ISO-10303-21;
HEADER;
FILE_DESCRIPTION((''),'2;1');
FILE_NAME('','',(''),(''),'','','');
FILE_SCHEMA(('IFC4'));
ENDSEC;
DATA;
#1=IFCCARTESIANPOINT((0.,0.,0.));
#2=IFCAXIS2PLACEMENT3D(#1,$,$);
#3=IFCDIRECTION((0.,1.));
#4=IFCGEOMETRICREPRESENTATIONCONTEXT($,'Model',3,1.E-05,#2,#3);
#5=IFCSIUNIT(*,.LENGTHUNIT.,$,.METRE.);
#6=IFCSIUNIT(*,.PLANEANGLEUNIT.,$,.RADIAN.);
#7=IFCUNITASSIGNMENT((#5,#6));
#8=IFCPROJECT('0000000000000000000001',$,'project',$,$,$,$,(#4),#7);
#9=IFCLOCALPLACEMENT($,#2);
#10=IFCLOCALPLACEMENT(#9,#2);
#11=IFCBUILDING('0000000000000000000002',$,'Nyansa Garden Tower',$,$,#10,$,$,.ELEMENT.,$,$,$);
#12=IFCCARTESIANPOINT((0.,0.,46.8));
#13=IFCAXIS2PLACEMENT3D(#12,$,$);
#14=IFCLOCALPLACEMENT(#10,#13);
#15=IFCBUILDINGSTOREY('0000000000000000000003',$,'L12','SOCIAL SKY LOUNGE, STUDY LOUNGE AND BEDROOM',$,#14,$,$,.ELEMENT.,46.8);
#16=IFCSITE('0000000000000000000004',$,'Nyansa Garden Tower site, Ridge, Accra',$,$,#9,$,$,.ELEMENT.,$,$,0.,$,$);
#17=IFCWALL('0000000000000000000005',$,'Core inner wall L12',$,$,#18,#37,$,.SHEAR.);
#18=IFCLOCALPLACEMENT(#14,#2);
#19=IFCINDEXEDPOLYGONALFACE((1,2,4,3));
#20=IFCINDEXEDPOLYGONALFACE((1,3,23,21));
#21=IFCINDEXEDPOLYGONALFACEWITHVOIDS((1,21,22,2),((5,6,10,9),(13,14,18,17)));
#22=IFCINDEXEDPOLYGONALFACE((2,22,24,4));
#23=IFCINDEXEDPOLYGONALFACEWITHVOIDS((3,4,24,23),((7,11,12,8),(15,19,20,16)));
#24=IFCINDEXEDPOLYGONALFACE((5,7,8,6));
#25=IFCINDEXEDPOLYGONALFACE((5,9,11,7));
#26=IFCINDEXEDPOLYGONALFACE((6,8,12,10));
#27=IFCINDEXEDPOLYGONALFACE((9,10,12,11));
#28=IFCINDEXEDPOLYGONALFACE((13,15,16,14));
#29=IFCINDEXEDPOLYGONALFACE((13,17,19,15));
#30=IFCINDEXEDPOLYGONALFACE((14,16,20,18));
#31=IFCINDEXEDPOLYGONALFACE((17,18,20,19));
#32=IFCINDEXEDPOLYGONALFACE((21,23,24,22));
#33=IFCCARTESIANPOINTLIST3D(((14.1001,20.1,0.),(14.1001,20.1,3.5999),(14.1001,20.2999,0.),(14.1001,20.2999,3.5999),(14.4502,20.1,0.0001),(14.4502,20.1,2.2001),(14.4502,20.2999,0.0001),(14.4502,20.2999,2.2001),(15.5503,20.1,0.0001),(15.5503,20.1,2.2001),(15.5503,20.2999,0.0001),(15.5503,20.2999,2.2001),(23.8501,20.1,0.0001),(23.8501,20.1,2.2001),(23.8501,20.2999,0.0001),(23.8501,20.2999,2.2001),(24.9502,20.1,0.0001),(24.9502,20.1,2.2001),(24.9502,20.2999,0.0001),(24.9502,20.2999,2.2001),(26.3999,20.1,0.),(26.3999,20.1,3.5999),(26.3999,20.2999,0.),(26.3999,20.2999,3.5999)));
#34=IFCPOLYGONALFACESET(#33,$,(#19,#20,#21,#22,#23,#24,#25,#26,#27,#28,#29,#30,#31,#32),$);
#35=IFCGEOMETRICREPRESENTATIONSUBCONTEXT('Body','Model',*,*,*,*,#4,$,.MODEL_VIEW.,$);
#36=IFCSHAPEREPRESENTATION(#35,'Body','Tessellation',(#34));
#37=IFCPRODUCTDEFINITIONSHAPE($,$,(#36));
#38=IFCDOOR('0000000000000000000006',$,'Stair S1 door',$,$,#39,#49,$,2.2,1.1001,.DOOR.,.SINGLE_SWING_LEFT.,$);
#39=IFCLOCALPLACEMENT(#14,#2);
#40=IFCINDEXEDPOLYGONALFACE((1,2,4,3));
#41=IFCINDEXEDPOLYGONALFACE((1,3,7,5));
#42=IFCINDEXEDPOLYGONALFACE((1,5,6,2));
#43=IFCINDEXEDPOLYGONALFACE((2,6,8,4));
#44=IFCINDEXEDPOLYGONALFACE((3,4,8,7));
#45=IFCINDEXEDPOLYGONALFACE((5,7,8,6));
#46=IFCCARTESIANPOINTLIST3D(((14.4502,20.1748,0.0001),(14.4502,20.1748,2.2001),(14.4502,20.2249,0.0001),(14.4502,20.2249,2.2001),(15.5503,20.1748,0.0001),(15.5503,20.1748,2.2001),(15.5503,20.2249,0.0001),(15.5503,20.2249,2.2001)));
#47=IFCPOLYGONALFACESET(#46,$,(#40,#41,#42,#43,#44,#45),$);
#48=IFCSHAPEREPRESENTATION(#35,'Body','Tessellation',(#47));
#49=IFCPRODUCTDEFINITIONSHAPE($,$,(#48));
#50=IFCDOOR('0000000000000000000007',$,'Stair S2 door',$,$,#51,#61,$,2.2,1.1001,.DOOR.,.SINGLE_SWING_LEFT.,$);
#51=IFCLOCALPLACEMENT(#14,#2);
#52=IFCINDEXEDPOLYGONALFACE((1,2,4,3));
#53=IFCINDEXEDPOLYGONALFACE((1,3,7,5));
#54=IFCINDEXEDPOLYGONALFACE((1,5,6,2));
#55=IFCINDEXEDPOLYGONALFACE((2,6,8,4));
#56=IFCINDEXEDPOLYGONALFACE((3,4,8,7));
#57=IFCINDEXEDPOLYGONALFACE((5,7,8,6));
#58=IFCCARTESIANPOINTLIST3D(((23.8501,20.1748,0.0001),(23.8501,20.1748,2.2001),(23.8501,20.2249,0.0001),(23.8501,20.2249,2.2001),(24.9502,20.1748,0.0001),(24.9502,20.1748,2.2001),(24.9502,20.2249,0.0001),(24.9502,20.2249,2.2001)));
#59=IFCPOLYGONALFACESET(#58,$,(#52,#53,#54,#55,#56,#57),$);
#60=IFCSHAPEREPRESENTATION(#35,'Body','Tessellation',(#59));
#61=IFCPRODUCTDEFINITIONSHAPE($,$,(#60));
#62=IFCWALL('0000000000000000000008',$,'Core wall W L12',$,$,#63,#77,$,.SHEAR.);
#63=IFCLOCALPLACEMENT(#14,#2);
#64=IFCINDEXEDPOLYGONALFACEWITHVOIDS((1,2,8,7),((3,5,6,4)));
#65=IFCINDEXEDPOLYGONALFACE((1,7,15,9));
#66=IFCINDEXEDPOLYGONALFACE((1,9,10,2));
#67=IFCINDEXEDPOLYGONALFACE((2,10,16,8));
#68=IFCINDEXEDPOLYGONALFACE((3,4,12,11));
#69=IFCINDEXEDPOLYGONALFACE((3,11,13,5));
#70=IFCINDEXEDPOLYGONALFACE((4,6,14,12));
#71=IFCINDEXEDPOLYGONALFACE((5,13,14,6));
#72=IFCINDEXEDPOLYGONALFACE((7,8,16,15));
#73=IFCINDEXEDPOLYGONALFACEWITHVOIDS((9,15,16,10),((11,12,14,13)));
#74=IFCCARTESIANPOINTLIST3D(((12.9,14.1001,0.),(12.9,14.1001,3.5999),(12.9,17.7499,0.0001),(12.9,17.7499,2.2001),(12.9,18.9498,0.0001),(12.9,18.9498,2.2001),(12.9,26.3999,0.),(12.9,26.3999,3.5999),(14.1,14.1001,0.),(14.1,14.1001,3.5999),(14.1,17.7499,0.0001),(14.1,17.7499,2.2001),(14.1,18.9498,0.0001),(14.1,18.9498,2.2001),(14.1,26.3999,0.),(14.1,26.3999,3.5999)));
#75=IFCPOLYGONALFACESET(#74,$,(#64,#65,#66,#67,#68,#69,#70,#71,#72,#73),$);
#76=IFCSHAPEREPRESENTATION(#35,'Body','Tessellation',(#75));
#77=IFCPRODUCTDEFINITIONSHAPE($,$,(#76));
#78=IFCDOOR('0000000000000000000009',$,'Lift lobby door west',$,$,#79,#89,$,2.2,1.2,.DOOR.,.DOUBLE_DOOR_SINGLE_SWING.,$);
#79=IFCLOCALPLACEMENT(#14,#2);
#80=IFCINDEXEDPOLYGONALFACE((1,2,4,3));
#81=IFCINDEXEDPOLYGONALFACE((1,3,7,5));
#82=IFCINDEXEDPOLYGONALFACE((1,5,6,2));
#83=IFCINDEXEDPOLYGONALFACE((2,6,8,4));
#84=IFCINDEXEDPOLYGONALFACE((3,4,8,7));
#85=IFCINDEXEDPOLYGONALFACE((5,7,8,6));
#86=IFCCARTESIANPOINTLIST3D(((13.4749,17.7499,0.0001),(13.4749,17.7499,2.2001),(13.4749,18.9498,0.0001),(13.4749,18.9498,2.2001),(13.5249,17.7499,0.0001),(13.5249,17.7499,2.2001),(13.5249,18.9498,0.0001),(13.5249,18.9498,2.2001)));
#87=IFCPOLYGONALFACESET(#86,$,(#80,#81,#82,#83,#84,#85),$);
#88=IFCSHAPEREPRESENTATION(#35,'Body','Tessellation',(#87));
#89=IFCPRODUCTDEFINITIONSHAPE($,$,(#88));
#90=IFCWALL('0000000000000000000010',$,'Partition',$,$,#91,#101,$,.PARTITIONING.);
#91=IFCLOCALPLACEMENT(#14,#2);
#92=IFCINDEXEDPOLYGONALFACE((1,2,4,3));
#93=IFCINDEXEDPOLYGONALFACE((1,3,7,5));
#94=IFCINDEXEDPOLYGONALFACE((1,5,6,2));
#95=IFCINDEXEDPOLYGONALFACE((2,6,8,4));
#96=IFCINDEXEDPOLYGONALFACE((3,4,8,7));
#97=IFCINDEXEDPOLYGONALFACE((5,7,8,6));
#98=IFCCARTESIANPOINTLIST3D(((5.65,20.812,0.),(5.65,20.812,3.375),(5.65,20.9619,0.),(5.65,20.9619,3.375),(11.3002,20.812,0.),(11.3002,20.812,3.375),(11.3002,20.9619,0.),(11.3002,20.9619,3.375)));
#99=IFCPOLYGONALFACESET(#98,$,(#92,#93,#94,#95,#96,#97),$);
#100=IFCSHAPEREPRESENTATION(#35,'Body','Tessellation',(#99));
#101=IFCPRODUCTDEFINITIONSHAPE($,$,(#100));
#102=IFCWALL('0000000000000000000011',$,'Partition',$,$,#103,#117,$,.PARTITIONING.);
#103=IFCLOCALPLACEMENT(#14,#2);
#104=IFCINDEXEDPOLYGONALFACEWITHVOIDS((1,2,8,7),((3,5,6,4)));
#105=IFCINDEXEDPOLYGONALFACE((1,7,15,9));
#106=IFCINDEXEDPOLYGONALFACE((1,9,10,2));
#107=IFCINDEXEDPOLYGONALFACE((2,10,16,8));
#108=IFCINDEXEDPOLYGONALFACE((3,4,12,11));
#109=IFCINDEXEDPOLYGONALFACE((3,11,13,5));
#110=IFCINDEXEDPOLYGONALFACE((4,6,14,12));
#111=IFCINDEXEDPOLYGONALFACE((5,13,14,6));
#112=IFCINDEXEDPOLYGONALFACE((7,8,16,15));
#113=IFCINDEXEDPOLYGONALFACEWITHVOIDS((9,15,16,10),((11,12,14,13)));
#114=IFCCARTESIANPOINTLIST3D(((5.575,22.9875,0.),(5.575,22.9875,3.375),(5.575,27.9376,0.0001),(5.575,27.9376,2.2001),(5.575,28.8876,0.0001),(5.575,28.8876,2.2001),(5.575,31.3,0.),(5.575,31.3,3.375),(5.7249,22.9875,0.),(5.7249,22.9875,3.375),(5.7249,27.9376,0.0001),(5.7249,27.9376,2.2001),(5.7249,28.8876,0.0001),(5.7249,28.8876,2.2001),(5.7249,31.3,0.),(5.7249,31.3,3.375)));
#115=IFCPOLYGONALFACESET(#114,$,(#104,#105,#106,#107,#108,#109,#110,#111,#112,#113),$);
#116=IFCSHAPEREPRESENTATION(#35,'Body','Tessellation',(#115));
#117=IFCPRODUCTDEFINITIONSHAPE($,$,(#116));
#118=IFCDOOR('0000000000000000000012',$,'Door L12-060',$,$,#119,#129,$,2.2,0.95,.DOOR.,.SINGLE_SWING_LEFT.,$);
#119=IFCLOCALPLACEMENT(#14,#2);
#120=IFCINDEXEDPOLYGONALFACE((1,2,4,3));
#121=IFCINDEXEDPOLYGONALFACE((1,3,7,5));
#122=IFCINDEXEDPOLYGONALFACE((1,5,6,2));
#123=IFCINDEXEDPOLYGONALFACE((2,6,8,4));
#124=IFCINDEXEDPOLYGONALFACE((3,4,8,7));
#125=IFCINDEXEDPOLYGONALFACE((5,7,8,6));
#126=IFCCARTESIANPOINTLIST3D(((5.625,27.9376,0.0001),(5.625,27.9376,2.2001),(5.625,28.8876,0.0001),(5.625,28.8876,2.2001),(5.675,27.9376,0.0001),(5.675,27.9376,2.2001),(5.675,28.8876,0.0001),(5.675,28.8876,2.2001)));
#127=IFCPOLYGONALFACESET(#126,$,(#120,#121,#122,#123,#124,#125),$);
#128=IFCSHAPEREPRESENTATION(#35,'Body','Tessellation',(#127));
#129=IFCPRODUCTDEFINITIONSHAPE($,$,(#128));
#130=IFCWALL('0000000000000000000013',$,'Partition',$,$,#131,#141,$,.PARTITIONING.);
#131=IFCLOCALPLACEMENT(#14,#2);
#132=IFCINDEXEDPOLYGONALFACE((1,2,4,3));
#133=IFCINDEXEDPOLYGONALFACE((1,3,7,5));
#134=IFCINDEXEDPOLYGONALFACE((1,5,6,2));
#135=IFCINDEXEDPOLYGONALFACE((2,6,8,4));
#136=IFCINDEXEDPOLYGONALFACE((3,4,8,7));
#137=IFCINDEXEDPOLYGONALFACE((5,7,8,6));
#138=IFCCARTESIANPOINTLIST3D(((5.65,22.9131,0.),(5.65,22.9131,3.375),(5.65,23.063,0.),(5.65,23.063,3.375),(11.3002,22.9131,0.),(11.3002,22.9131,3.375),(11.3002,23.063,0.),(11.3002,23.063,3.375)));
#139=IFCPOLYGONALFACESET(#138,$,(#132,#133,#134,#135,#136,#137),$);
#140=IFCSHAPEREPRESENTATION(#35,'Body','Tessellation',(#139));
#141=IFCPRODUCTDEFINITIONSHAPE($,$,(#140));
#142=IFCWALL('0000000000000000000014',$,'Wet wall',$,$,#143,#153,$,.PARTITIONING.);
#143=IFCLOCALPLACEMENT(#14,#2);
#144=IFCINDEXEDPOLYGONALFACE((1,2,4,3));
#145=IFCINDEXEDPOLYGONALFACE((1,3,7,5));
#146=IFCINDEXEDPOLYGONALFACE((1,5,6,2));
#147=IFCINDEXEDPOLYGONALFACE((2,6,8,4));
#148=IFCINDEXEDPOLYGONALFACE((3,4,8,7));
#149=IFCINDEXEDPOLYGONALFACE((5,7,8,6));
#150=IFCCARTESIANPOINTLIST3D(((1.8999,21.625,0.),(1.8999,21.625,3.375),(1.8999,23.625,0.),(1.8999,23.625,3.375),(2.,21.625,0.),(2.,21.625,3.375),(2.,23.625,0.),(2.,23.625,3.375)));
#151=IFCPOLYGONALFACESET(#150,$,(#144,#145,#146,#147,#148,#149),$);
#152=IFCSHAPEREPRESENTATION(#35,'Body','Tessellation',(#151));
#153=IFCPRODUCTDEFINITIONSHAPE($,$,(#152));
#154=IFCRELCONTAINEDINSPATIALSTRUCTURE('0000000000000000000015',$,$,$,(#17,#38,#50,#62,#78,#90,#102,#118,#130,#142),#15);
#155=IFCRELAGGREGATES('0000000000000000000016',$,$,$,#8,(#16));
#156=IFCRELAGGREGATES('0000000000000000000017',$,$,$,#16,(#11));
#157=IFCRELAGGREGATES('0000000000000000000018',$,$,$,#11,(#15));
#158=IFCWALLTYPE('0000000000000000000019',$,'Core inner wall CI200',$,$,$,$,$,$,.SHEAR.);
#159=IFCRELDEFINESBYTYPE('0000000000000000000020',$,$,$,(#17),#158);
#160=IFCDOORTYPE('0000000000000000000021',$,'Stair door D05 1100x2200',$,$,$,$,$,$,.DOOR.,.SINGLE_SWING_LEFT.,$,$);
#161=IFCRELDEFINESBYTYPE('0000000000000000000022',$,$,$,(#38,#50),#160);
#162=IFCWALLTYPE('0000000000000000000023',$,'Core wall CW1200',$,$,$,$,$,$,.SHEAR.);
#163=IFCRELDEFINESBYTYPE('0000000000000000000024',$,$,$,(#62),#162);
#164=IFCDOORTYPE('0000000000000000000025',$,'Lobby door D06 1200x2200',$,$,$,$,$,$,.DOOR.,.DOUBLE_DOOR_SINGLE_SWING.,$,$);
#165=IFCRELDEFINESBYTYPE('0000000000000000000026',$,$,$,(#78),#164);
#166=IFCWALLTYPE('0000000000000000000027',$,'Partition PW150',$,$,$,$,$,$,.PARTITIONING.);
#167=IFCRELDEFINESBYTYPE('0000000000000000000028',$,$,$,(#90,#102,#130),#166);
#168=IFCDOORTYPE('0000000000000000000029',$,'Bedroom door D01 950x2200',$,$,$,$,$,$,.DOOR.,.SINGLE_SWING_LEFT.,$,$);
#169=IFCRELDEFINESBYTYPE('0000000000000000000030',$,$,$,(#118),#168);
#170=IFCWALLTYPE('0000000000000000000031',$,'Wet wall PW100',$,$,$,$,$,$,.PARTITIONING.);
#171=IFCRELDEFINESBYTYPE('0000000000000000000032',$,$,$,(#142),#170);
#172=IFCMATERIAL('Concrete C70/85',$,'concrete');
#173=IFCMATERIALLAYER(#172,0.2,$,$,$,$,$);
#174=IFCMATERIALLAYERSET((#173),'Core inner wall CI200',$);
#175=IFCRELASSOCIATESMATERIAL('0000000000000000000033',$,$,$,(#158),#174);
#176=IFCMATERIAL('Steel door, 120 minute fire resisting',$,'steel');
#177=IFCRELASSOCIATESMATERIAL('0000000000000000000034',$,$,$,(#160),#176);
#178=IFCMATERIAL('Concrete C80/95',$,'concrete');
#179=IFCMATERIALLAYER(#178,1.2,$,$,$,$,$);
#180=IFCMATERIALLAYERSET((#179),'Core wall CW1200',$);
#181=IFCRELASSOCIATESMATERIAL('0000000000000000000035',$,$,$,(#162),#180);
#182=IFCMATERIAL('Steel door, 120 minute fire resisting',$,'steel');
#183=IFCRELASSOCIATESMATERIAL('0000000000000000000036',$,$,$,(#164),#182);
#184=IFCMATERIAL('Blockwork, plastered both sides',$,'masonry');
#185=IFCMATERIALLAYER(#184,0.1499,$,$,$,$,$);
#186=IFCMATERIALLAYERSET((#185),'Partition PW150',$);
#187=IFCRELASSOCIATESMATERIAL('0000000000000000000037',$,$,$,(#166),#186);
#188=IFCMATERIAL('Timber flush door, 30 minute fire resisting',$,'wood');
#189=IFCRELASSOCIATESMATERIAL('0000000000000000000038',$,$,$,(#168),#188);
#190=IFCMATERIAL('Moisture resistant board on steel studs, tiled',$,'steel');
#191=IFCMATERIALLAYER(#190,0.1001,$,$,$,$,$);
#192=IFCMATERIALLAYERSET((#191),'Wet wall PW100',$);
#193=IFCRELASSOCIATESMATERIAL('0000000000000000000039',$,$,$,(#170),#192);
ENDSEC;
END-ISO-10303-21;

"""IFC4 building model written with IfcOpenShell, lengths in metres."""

from ifc_helpers import new_model, si_unit, direction, frame, frame_2d, origin, place, context, subcontext, project, spatial, rectangle, extrude, material, layer, layer_set, type_object, element, fill, save


model = new_model("IFC4")

# Units and contexts
model_context = context("Model", 3, precision=1e-05, world=origin(), true_north=direction((0.0, 1.0)))
body_context = subcontext(model_context, "Body", "Model", "MODEL_VIEW")
ifc_project = project(units=[si_unit("LENGTHUNIT", "METRE"), si_unit("PLANEANGLEUNIT", "RADIAN")], contexts=[model_context])

# Site, building, storey
site_placement = place(None, origin())
site = spatial("IfcSite", under=ifc_project, at=site_placement, Name="Nyansa Garden Tower site, Ridge, Accra", CompositionType="ELEMENT", RefElevation=0.0)
building_placement = place(site_placement, origin())
building = spatial("IfcBuilding", under=site, at=building_placement, Name="Nyansa Garden Tower", CompositionType="ELEMENT")
storey_placement = place(building_placement, frame((0.0, 0.0, 46.8)))
storey = spatial("IfcBuildingStorey", under=building, at=storey_placement, Name="L12", Description="SOCIAL SKY LOUNGE, STUDY LOUNGE AND BEDROOM", CompositionType="ELEMENT", Elevation=46.8)

# Wall, openings, doors
ifc_material_1 = material(Name="Concrete C70/85", Category="concrete")
ifc_layer_1 = layer(ifc_material_1, 0.2)
ifc_layer_set_1 = layer_set([ifc_layer_1], Name="Core inner wall CI200")
wall_type_1 = type_object("IfcWallType", Name="Core inner wall CI200", PredefinedType="SHEAR", material=ifc_layer_set_1)
wall_1_placement = place(storey_placement, frame((14.1001, 20.2, 0.0), z_axis=(0.0, 0.0, 1.0), x_axis=(1.0, 0.0, 0.0)))
wall_1 = element("IfcWall", 1, at=wall_1_placement, inside=storey, type_object=wall_type_1, Name="Core inner wall L12", PredefinedType="SHEAR", context=body_context, shape_type="SweptSolid", body=[
    extrude(rectangle(XDim=12.2998, YDim=0.2, at=frame_2d((6.1499, 0.0))), origin(), (0.0, 0.0, 1.0), 3.5999),
])
opening_1_placement = place(wall_1_placement, frame((0.3501, 0.0, 0.0)))
opening_1 = element("IfcOpeningElement", 2, at=opening_1_placement, cuts=wall_1, PredefinedType="OPENING", context=body_context, shape_type="SweptSolid", body=[
    extrude(rectangle(XDim=1.1001, YDim=2.2, at=frame_2d((0.55, 1.1001))), frame((0.0, 0.1099, 0.0), z_axis=(0.0, -1.0, 0.0), x_axis=(1.0, 0.0, 0.0)), (0.0, 0.0, 1.0), 0.22),
])
opening_2_placement = place(wall_1_placement, frame((9.75, 0.0, 0.0)))
opening_2 = element("IfcOpeningElement", 3, at=opening_2_placement, cuts=wall_1, PredefinedType="OPENING", context=body_context, shape_type="SweptSolid", body=[
    extrude(rectangle(XDim=1.1001, YDim=2.2, at=frame_2d((0.55, 1.1001))), frame((0.0, 0.1099, 0.0), z_axis=(0.0, -1.0, 0.0), x_axis=(1.0, 0.0, 0.0)), (0.0, 0.0, 1.0), 0.22),
])
ifc_material_2 = material(Name="Steel door, 120 minute fire resisting", Category="steel")
door_type_1 = type_object("IfcDoorType", Name="Stair door D05 1100x2200", OperationType="SINGLE_SWING_LEFT", PredefinedType="DOOR", material=ifc_material_2)
door_1_placement = place(opening_1_placement, origin())
door_1 = element("IfcDoor", 4, at=door_1_placement, inside=storey, type_object=door_type_1, Name="Stair S1 door", OperationType="SINGLE_SWING_LEFT", OverallHeight=2.2, OverallWidth=1.1001, PredefinedType="DOOR", context=body_context, shape_type="SweptSolid", body=[
    extrude(rectangle(XDim=1.1001, YDim=2.2, at=frame_2d((0.55, 1.1001))), frame((0.0, 0.0249, 0.0), z_axis=(0.0, -1.0, 0.0), x_axis=(1.0, 0.0, 0.0)), (0.0, 0.0, 1.0), 0.05),
])
fill(opening_1, door_1)
door_2_placement = place(opening_2_placement, origin())
door_2 = element("IfcDoor", 5, at=door_2_placement, inside=storey, type_object=door_type_1, Name="Stair S2 door", OperationType="SINGLE_SWING_LEFT", OverallHeight=2.2, OverallWidth=1.1001, PredefinedType="DOOR", context=body_context, shape_type="SweptSolid", body=[
    extrude(rectangle(XDim=1.1001, YDim=2.2, at=frame_2d((0.55, 1.1001))), frame((0.0, 0.0249, 0.0), z_axis=(0.0, -1.0, 0.0), x_axis=(1.0, 0.0, 0.0)), (0.0, 0.0, 1.0), 0.05),
])
fill(opening_2, door_2)

# Wall, opening, door
ifc_material_3 = material(Name="Concrete C80/95", Category="concrete")
ifc_layer_2 = layer(ifc_material_3, 1.2)
ifc_layer_set_2 = layer_set([ifc_layer_2], Name="Core wall CW1200")
wall_type_2 = type_object("IfcWallType", Name="Core wall CW1200", PredefinedType="SHEAR", material=ifc_layer_set_2)
wall_2_placement = place(storey_placement, frame((13.5, 26.3999, 0.0), z_axis=(0.0, 0.0, 1.0), x_axis=(0.0, -1.0, 0.0)))
wall_2 = element("IfcWall", 6, at=wall_2_placement, inside=storey, type_object=wall_type_2, Name="Core wall W L12", PredefinedType="SHEAR", context=body_context, shape_type="SweptSolid", body=[
    extrude(rectangle(XDim=12.2998, YDim=1.2, at=frame_2d((6.1499, 0.0))), origin(), (0.0, 0.0, 1.0), 3.5999),
])
opening_3_placement = place(wall_2_placement, frame((7.45, 0.0, 0.0)))
opening_3 = element("IfcOpeningElement", 7, at=opening_3_placement, cuts=wall_2, PredefinedType="OPENING", context=body_context, shape_type="SweptSolid", body=[
    extrude(rectangle(XDim=1.2, YDim=2.2, at=frame_2d((0.6001, 1.1001))), frame((0.0, 0.6099, 0.0), z_axis=(0.0, -1.0, 0.0), x_axis=(1.0, 0.0, 0.0)), (0.0, 0.0, 1.0), 1.22),
])
ifc_material_4 = material(Name="Steel door, 120 minute fire resisting", Category="steel")
door_type_2 = type_object("IfcDoorType", Name="Lobby door D06 1200x2200", OperationType="DOUBLE_DOOR_SINGLE_SWING", PredefinedType="DOOR", material=ifc_material_4)
door_3_placement = place(opening_3_placement, origin())
door_3 = element("IfcDoor", 8, at=door_3_placement, inside=storey, type_object=door_type_2, Name="Lift lobby door west", OperationType="DOUBLE_DOOR_SINGLE_SWING", OverallHeight=2.2, OverallWidth=1.2, PredefinedType="DOOR", context=body_context, shape_type="SweptSolid", body=[
    extrude(rectangle(XDim=1.2, YDim=2.2, at=frame_2d((0.6001, 1.1001))), frame((0.0, 0.0249, 0.0), z_axis=(0.0, -1.0, 0.0), x_axis=(1.0, 0.0, 0.0)), (0.0, 0.0, 1.0), 0.05),
])
fill(opening_3, door_3)

# Wall
ifc_material_5 = material(Name="Blockwork, plastered both sides", Category="masonry")
ifc_layer_3 = layer(ifc_material_5, 0.1499)
ifc_layer_set_3 = layer_set([ifc_layer_3], Name="Partition PW150")
wall_type_3 = type_object("IfcWallType", Name="Partition PW150", PredefinedType="PARTITIONING", material=ifc_layer_set_3)
wall_3_placement = place(storey_placement, frame((5.6499, 20.887, 0.0), z_axis=(0.0, 0.0, 1.0), x_axis=(1.0, 0.0, 0.0)))
element("IfcWall", 9, at=wall_3_placement, inside=storey, type_object=wall_type_3, Name="Partition", PredefinedType="PARTITIONING", context=body_context, shape_type="SweptSolid", body=[
    extrude(rectangle(XDim=5.6501, YDim=0.1499, at=frame_2d((2.8252, 0.0))), origin(), (0.0, 0.0, 1.0), 3.375),
])

# Wall, opening, door
wall_4_placement = place(storey_placement, frame((5.6499, 22.9875, 0.0), z_axis=(0.0, 0.0, 1.0), x_axis=(0.0, 1.0, 0.0)))
wall_4 = element("IfcWall", 10, at=wall_4_placement, inside=storey, type_object=wall_type_3, Name="Partition", PredefinedType="PARTITIONING", context=body_context, shape_type="SweptSolid", body=[
    extrude(rectangle(XDim=8.3125, YDim=0.1499, at=frame_2d((4.1562, 0.0))), origin(), (0.0, 0.0, 1.0), 3.375),
])
opening_4_placement = place(wall_4_placement, frame((4.95, 0.0, 0.0)))
opening_4 = element("IfcOpeningElement", 11, at=opening_4_placement, cuts=wall_4, PredefinedType="OPENING", context=body_context, shape_type="SweptSolid", body=[
    extrude(rectangle(XDim=0.95, YDim=2.2, at=frame_2d((0.4751, 1.1001))), frame((0.0, 0.085, 0.0), z_axis=(0.0, -1.0, 0.0), x_axis=(1.0, 0.0, 0.0)), (0.0, 0.0, 1.0), 0.1699),
])
ifc_material_6 = material(Name="Timber flush door, 30 minute fire resisting", Category="wood")
door_type_3 = type_object("IfcDoorType", Name="Bedroom door D01 950x2200", OperationType="SINGLE_SWING_LEFT", PredefinedType="DOOR", material=ifc_material_6)
door_4_placement = place(opening_4_placement, origin())
door_4 = element("IfcDoor", 12, at=door_4_placement, inside=storey, type_object=door_type_3, Name="Door L12-060", OperationType="SINGLE_SWING_LEFT", OverallHeight=2.2, OverallWidth=0.95, PredefinedType="DOOR", context=body_context, shape_type="SweptSolid", body=[
    extrude(rectangle(XDim=0.95, YDim=2.2, at=frame_2d((0.4751, 1.1001))), frame((0.0, 0.0249, 0.0), z_axis=(0.0, -1.0, 0.0), x_axis=(1.0, 0.0, 0.0)), (0.0, 0.0, 1.0), 0.05),
])
fill(opening_4, door_4)

# Walls
wall_5_placement = place(storey_placement, frame((5.6499, 22.988, 0.0), z_axis=(0.0, 0.0, 1.0), x_axis=(1.0, 0.0, 0.0)))
element("IfcWall", 13, at=wall_5_placement, inside=storey, type_object=wall_type_3, Name="Partition", PredefinedType="PARTITIONING", context=body_context, shape_type="SweptSolid", body=[
    extrude(rectangle(XDim=5.6501, YDim=0.1499, at=frame_2d((2.8252, 0.0))), origin(), (0.0, 0.0, 1.0), 3.375),
])
ifc_material_7 = material(Name="Moisture resistant board on steel studs, tiled", Category="steel")
ifc_layer_4 = layer(ifc_material_7, 0.1001)
ifc_layer_set_4 = layer_set([ifc_layer_4], Name="Wet wall PW100")
wall_type_4 = type_object("IfcWallType", Name="Wet wall PW100", PredefinedType="PARTITIONING", material=ifc_layer_set_4)
wall_6_placement = place(storey_placement, frame((1.95, 21.625, 0.0), z_axis=(0.0, 0.0, 1.0), x_axis=(0.0, 1.0, 0.0)))
element("IfcWall", 14, at=wall_6_placement, inside=storey, type_object=wall_type_4, Name="Wet wall", PredefinedType="PARTITIONING", context=body_context, shape_type="SweptSolid", body=[
    extrude(rectangle(XDim=2.0, YDim=0.1001, at=frame_2d((1.0, 0.0))), origin(), (0.0, 0.0, 1.0), 3.375),
])

save(model, "model.ifc")
